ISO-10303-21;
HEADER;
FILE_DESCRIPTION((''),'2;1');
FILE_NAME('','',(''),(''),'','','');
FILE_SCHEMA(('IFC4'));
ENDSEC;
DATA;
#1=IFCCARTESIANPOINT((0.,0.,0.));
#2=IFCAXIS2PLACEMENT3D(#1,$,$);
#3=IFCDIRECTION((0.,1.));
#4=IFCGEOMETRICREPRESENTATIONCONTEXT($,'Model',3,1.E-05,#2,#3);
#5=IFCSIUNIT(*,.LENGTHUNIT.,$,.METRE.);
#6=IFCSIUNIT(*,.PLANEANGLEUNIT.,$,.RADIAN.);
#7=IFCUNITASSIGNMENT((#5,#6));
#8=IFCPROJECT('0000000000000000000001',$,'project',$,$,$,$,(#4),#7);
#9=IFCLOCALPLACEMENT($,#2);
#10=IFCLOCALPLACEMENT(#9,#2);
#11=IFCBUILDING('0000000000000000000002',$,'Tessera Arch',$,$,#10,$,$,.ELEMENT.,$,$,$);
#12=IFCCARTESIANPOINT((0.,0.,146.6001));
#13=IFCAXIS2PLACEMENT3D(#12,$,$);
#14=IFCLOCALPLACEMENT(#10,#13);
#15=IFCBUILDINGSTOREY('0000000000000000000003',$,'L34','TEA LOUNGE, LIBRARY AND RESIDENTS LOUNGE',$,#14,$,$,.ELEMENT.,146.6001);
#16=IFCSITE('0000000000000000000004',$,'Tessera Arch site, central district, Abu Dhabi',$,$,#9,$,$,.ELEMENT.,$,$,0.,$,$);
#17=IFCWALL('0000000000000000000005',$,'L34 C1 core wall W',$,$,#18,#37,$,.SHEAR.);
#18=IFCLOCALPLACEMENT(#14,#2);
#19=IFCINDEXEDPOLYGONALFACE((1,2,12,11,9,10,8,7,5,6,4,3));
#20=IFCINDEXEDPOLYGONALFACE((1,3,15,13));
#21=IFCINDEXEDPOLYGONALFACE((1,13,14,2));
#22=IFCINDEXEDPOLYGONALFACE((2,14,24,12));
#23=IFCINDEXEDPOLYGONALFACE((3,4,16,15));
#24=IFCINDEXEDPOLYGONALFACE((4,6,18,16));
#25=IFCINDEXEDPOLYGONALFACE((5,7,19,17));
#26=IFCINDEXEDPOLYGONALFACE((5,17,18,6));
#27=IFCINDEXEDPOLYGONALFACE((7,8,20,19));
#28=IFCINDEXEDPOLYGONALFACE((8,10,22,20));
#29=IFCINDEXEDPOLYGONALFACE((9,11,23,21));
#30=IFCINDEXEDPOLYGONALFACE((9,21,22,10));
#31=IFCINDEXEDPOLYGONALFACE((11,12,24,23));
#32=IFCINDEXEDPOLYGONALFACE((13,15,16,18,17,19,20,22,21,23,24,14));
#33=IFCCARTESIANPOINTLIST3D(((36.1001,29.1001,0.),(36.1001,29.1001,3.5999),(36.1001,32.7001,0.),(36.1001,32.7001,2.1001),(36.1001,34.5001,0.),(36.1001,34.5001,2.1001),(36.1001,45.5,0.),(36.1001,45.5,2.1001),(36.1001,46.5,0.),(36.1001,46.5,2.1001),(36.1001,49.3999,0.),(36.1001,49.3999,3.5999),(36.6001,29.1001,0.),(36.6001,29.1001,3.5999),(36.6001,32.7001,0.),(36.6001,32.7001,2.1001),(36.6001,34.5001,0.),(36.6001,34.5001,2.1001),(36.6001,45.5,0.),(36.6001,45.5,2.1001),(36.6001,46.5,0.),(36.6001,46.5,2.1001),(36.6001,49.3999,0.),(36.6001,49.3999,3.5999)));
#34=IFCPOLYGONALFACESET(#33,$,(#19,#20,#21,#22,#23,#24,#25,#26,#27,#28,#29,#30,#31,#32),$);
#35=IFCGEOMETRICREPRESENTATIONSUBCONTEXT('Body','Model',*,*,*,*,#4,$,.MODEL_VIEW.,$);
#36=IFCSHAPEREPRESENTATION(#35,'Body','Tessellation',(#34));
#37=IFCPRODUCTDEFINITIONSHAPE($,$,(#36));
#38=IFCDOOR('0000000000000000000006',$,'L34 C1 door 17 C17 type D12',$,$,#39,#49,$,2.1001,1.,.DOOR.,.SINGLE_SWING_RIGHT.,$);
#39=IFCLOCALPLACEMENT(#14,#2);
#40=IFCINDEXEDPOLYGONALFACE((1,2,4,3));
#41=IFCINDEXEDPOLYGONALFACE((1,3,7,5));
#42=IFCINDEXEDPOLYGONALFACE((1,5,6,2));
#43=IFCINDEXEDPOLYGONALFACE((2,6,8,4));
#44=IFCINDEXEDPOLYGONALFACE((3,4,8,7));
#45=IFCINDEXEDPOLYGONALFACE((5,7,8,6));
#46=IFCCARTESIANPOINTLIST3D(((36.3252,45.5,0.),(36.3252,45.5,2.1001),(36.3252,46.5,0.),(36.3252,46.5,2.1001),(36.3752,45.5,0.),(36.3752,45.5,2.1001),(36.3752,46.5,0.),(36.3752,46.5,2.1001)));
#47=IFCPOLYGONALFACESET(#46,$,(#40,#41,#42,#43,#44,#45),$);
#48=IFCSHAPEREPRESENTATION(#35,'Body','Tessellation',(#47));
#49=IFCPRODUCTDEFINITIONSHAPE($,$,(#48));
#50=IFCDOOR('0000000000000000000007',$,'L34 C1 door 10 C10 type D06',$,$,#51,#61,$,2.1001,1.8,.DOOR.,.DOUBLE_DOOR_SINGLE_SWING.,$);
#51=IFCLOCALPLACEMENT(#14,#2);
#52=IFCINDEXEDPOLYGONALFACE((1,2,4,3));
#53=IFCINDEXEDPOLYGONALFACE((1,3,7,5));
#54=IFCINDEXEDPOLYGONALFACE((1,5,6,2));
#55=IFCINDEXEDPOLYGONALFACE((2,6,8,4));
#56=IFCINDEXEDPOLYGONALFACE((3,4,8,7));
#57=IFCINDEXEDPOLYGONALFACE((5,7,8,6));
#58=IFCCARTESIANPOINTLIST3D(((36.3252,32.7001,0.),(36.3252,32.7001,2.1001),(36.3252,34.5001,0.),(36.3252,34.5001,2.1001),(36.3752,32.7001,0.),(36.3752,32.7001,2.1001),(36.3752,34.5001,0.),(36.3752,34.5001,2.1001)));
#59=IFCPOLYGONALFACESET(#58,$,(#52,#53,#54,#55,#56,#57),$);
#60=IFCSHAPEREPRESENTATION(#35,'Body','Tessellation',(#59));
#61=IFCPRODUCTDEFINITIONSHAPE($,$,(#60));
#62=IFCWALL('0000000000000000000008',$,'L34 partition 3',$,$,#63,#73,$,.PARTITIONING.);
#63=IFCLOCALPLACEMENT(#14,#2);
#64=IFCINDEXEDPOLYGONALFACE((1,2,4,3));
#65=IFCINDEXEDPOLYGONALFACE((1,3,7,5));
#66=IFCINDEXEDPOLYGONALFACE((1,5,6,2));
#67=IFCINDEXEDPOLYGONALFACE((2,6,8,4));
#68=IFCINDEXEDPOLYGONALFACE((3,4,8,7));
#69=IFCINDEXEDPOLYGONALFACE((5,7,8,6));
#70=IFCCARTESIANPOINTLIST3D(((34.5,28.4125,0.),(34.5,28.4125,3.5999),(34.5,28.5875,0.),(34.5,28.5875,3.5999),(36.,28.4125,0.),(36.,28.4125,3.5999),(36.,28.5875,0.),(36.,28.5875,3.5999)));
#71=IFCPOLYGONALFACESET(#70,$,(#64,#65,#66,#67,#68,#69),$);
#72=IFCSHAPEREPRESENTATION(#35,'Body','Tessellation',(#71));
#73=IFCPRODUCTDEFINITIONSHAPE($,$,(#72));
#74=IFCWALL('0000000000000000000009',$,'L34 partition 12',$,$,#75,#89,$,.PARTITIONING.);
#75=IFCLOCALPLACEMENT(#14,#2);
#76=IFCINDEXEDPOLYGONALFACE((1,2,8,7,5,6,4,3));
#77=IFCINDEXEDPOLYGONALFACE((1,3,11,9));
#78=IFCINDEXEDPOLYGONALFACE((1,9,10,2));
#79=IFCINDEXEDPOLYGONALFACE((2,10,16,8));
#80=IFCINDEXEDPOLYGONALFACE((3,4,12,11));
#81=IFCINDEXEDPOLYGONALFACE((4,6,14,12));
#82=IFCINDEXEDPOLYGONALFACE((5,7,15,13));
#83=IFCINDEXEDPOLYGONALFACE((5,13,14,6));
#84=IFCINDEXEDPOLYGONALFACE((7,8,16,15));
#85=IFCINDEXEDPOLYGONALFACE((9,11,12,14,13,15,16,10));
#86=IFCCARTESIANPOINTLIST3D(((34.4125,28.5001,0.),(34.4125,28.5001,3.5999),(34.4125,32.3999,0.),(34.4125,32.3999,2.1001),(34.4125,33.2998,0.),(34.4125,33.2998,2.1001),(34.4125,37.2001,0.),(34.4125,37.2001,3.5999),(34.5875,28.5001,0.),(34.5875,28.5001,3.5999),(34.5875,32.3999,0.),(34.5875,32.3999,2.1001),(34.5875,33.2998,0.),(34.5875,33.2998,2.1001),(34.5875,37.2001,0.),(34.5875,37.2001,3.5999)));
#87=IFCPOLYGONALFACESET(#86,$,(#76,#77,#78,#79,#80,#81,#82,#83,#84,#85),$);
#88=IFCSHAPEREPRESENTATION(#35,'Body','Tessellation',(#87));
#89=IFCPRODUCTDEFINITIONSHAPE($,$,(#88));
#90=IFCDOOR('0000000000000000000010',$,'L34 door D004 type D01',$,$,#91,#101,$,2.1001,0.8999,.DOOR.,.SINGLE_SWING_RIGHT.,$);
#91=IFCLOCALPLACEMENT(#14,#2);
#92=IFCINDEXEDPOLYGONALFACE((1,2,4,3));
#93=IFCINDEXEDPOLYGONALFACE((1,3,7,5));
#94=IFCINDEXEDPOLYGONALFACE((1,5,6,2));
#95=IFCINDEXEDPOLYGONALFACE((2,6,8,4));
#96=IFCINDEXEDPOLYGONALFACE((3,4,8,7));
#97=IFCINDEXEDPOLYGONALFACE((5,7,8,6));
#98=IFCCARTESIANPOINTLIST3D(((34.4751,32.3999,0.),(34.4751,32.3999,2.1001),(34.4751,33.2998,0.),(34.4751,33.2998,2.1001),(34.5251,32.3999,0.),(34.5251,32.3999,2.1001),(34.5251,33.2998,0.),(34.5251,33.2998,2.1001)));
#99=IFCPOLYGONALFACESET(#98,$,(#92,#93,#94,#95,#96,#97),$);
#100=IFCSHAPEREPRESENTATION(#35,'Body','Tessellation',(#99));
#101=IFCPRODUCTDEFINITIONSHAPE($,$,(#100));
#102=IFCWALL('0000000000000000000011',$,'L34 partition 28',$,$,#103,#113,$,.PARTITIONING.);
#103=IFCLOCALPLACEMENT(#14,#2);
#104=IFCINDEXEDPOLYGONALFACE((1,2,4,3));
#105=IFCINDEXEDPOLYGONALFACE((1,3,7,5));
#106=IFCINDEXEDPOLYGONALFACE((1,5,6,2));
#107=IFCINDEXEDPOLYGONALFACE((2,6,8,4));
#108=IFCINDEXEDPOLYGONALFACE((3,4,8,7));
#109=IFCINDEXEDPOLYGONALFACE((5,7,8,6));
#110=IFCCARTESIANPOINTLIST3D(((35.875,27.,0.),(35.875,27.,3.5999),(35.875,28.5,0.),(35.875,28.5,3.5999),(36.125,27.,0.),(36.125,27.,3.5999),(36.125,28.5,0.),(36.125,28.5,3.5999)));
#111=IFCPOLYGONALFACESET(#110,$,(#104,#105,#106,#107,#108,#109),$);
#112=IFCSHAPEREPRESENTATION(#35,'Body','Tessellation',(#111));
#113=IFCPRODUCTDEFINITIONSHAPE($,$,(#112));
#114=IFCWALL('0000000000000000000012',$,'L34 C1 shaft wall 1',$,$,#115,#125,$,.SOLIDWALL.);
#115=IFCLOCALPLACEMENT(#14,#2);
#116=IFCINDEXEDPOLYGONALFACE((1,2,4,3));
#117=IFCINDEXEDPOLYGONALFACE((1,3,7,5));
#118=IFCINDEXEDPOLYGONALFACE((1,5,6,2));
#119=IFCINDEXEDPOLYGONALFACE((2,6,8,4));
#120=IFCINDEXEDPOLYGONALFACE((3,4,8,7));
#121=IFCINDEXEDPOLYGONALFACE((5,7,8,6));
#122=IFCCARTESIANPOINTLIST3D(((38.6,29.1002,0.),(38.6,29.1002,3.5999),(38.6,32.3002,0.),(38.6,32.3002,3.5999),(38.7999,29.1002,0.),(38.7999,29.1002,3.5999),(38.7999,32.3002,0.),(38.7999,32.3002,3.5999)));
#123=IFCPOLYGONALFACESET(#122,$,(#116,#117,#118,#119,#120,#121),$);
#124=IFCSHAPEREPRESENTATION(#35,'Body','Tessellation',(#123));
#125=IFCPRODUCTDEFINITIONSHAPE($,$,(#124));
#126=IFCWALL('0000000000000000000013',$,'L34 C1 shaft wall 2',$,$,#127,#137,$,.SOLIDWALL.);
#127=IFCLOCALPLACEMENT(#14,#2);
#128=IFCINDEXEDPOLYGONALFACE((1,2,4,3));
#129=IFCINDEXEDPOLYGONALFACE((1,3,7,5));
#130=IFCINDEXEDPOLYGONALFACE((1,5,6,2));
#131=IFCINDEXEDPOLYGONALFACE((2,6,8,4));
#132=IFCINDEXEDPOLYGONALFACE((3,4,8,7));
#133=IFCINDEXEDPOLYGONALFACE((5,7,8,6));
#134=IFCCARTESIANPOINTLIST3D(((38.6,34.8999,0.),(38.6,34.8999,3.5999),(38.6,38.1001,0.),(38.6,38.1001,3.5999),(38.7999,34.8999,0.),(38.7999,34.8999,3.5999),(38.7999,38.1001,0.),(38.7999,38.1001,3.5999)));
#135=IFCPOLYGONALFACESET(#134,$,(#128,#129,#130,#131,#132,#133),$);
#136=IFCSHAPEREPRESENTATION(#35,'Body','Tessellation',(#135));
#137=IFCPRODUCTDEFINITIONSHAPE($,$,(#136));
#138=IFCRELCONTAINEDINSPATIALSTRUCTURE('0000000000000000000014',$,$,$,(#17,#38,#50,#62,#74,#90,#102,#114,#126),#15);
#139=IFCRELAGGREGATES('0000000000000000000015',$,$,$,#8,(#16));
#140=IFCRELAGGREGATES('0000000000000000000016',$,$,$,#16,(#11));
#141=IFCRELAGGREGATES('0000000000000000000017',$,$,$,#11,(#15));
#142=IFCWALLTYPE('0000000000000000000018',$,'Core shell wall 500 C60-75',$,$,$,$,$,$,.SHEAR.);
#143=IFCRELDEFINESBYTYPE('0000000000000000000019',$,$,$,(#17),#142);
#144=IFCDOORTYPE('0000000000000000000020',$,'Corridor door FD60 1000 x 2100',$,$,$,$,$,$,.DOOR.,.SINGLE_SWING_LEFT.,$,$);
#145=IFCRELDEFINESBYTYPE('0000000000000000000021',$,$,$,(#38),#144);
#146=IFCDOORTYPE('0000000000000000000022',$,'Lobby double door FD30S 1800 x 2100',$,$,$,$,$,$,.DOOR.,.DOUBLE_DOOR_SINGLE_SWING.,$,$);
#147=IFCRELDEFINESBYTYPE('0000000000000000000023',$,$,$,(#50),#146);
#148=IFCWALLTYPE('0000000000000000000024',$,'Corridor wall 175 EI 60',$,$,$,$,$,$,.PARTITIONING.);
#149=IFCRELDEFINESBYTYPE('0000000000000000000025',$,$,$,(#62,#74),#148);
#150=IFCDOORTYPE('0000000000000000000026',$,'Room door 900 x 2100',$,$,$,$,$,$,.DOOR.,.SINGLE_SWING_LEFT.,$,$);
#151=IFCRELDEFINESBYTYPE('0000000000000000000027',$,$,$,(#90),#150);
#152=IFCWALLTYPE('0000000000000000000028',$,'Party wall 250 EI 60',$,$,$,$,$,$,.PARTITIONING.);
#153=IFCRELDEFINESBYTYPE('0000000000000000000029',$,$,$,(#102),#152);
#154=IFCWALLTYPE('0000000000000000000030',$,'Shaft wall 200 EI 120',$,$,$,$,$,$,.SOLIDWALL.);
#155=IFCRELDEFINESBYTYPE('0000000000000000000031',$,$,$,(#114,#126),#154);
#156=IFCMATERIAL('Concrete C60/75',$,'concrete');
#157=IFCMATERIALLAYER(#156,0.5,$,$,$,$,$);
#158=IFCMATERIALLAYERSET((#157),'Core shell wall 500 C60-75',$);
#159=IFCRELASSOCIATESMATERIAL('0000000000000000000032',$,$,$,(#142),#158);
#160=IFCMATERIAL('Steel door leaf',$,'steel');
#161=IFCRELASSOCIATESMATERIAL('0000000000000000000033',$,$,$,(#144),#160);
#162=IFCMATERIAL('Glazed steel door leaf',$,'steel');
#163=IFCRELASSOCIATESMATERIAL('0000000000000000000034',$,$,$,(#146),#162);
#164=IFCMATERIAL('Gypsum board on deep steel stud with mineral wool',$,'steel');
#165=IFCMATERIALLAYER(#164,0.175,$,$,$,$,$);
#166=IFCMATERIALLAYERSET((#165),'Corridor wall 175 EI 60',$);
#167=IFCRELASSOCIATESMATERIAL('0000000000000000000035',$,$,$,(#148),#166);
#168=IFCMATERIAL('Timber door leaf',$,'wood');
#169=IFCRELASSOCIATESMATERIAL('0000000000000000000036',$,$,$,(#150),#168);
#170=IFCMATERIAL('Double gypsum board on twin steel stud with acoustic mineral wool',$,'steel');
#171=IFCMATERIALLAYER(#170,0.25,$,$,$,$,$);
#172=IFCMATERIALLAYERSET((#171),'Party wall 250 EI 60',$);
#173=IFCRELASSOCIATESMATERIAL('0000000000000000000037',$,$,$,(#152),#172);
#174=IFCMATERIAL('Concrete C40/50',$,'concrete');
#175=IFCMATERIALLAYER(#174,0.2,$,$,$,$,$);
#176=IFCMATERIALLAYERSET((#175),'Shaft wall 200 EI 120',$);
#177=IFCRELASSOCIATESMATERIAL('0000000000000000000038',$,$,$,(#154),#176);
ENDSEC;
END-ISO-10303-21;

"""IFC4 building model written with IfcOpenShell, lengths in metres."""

from ifc_helpers import new_model, si_unit, direction, frame, frame_2d, origin, place, context, subcontext, project, spatial, rectangle, extrude, material, layer, layer_set, type_object, element, fill, save


model = new_model("IFC4")

# Units and contexts
model_context = context("Model", 3, precision=1e-05, world=origin(), true_north=direction((0.0, 1.0)))
body_context = subcontext(model_context, "Body", "Model", "MODEL_VIEW")
ifc_project = project(units=[si_unit("LENGTHUNIT", "METRE"), si_unit("PLANEANGLEUNIT", "RADIAN")], contexts=[model_context])

# Site, building, storey
site_placement = place(None, origin())
site = spatial("IfcSite", under=ifc_project, at=site_placement, Name="Tessera Arch site, central district, Abu Dhabi", CompositionType="ELEMENT", RefElevation=0.0)
building_placement = place(site_placement, origin())
building = spatial("IfcBuilding", under=site, at=building_placement, Name="Tessera Arch", CompositionType="ELEMENT")
storey_placement = place(building_placement, frame((0.0, 0.0, 146.6001)))
storey = spatial("IfcBuildingStorey", under=building, at=storey_placement, Name="L34", Description="TEA LOUNGE, LIBRARY AND RESIDENTS LOUNGE", CompositionType="ELEMENT", Elevation=146.6001)

# Wall, openings, doors
ifc_material_1 = material(Name="Concrete C60/75", Category="concrete")
ifc_layer_1 = layer(ifc_material_1, 0.5)
ifc_layer_set_1 = layer_set([ifc_layer_1], Name="Core shell wall 500 C60-75")
wall_type_1 = type_object("IfcWallType", Name="Core shell wall 500 C60-75", PredefinedType="SHEAR", material=ifc_layer_set_1)
wall_1_placement = place(storey_placement, frame((36.3501, 29.1001, 0.0), z_axis=(0.0, 0.0, 1.0), x_axis=(0.0, 1.0, 0.0)))
wall_1 = element("IfcWall", 1, at=wall_1_placement, inside=storey, type_object=wall_type_1, Name="L34 C1 core wall W", PredefinedType="SHEAR", context=body_context, shape_type="SweptSolid", body=[
    extrude(rectangle(XDim=20.2998, YDim=0.5, at=frame_2d((10.1499, 0.0))), origin(), (0.0, 0.0, 1.0), 3.5999),
])
opening_1_placement = place(wall_1_placement, frame((3.6001, 0.0, 0.0)))
opening_1 = element("IfcOpeningElement", 2, at=opening_1_placement, cuts=wall_1, PredefinedType="OPENING", context=body_context, shape_type="SweptSolid", body=[
    extrude(rectangle(XDim=1.8, YDim=2.1001, at=frame_2d((0.8999, 1.05))), frame((0.0, 0.26, 0.0), z_axis=(0.0, -1.0, 0.0), x_axis=(1.0, 0.0, 0.0)), (0.0, 0.0, 1.0), 0.52),
])
opening_2_placement = place(wall_1_placement, frame((16.3999, 0.0, 0.0)))
opening_2 = element("IfcOpeningElement", 3, at=opening_2_placement, cuts=wall_1, PredefinedType="OPENING", context=body_context, shape_type="SweptSolid", body=[
    extrude(rectangle(XDim=1.0, YDim=2.1001, at=frame_2d((0.5, 1.05))), frame((0.0, 0.26, 0.0), z_axis=(0.0, -1.0, 0.0), x_axis=(1.0, 0.0, 0.0)), (0.0, 0.0, 1.0), 0.52),
])
ifc_material_2 = material(Name="Steel door leaf", Category="steel")
door_type_1 = type_object("IfcDoorType", Name="Corridor door FD60 1000 x 2100", OperationType="SINGLE_SWING_LEFT", PredefinedType="DOOR", material=ifc_material_2)
door_1_placement = place(opening_2_placement, origin())
door_1 = element("IfcDoor", 4, at=door_1_placement, inside=storey, type_object=door_type_1, Name="L34 C1 door 17 C17 type D12", OperationType="SINGLE_SWING_RIGHT", OverallHeight=2.1001, OverallWidth=1.0, PredefinedType="DOOR", context=body_context, shape_type="SweptSolid", body=[
    extrude(rectangle(XDim=1.0, YDim=2.1001, at=frame_2d((0.5, 1.05))), frame((0.0, 0.0249, 0.0), z_axis=(0.0, -1.0, 0.0), x_axis=(1.0, 0.0, 0.0)), (0.0, 0.0, 1.0), 0.05),
])
fill(opening_2, door_1)
ifc_material_3 = material(Name="Glazed steel door leaf", Category="steel")
door_type_2 = type_object("IfcDoorType", Name="Lobby double door FD30S 1800 x 2100", OperationType="DOUBLE_DOOR_SINGLE_SWING", PredefinedType="DOOR", material=ifc_material_3)
door_2_placement = place(opening_1_placement, origin())
door_2 = element("IfcDoor", 5, at=door_2_placement, inside=storey, type_object=door_type_2, Name="L34 C1 door 10 C10 type D06", OperationType="DOUBLE_DOOR_SINGLE_SWING", OverallHeight=2.1001, OverallWidth=1.8, PredefinedType="DOOR", context=body_context, shape_type="SweptSolid", body=[
    extrude(rectangle(XDim=1.8, YDim=2.1001, at=frame_2d((0.8999, 1.05))), frame((0.0, 0.0249, 0.0), z_axis=(0.0, -1.0, 0.0), x_axis=(1.0, 0.0, 0.0)), (0.0, 0.0, 1.0), 0.05),
])
fill(opening_1, door_2)

# Wall
ifc_material_4 = material(Name="Gypsum board on deep steel stud with mineral wool", Category="steel")
ifc_layer_2 = layer(ifc_material_4, 0.175)
ifc_layer_set_2 = layer_set([ifc_layer_2], Name="Corridor wall 175 EI 60")
wall_type_2 = type_object("IfcWallType", Name="Corridor wall 175 EI 60", PredefinedType="PARTITIONING", material=ifc_layer_set_2)
wall_2_placement = place(storey_placement, frame((34.5, 28.5, 0.0), z_axis=(0.0, 0.0, 1.0), x_axis=(1.0, 0.0, 0.0)))
element("IfcWall", 6, at=wall_2_placement, inside=storey, type_object=wall_type_2, Name="L34 partition 3", PredefinedType="PARTITIONING", context=body_context, shape_type="SweptSolid", body=[
    extrude(rectangle(XDim=1.5, YDim=0.175, at=frame_2d((0.75, 0.0))), origin(), (0.0, 0.0, 1.0), 3.5999),
])

# Wall, opening, door
wall_3_placement = place(storey_placement, frame((34.5, 28.5, 0.0), z_axis=(0.0, 0.0, 1.0), x_axis=(0.0, 1.0, 0.0)))
wall_3 = element("IfcWall", 7, at=wall_3_placement, inside=storey, type_object=wall_type_2, Name="L34 partition 12", PredefinedType="PARTITIONING", context=body_context, shape_type="SweptSolid", body=[
    extrude(rectangle(XDim=8.7, YDim=0.175, at=frame_2d((4.3501, 0.0))), origin(), (0.0, 0.0, 1.0), 3.5999),
])
opening_3_placement = place(wall_3_placement, frame((3.8999, 0.0, 0.0)))
opening_3 = element("IfcOpeningElement", 8, at=opening_3_placement, cuts=wall_3, PredefinedType="OPENING", context=body_context, shape_type="SweptSolid", body=[
    extrude(rectangle(XDim=0.8999, YDim=2.1001, at=frame_2d((0.45, 1.05))), frame((0.0, 0.0974, 0.0), z_axis=(0.0, -1.0, 0.0), x_axis=(1.0, 0.0, 0.0)), (0.0, 0.0, 1.0), 0.1951),
])
ifc_material_5 = material(Name="Timber door leaf", Category="wood")
door_type_3 = type_object("IfcDoorType", Name="Room door 900 x 2100", OperationType="SINGLE_SWING_LEFT", PredefinedType="DOOR", material=ifc_material_5)
door_3_placement = place(opening_3_placement, origin())
door_3 = element("IfcDoor", 9, at=door_3_placement, inside=storey, type_object=door_type_3, Name="L34 door D004 type D01", OperationType="SINGLE_SWING_RIGHT", OverallHeight=2.1001, OverallWidth=0.8999, PredefinedType="DOOR", context=body_context, shape_type="SweptSolid", body=[
    extrude(rectangle(XDim=0.8999, YDim=2.1001, at=frame_2d((0.45, 1.05))), frame((0.0, 0.0249, 0.0), z_axis=(0.0, -1.0, 0.0), x_axis=(1.0, 0.0, 0.0)), (0.0, 0.0, 1.0), 0.05),
])
fill(opening_3, door_3)

# Walls
ifc_material_6 = material(Name="Double gypsum board on twin steel stud with acoustic mineral wool", Category="steel")
ifc_layer_3 = layer(ifc_material_6, 0.25)
ifc_layer_set_3 = layer_set([ifc_layer_3], Name="Party wall 250 EI 60")
wall_type_3 = type_object("IfcWallType", Name="Party wall 250 EI 60", PredefinedType="PARTITIONING", material=ifc_layer_set_3)
wall_4_placement = place(storey_placement, frame((36.0, 27.0, 0.0), z_axis=(0.0, 0.0, 1.0), x_axis=(0.0, 1.0, 0.0)))
element("IfcWall", 10, at=wall_4_placement, inside=storey, type_object=wall_type_3, Name="L34 partition 28", PredefinedType="PARTITIONING", context=body_context, shape_type="SweptSolid", body=[
    extrude(rectangle(XDim=1.5, YDim=0.25, at=frame_2d((0.75, 0.0))), origin(), (0.0, 0.0, 1.0), 3.5999),
])
ifc_material_7 = material(Name="Concrete C40/50", Category="concrete")
ifc_layer_4 = layer(ifc_material_7, 0.2)
ifc_layer_set_4 = layer_set([ifc_layer_4], Name="Shaft wall 200 EI 120")
wall_type_4 = type_object("IfcWallType", Name="Shaft wall 200 EI 120", PredefinedType="SOLIDWALL", material=ifc_layer_set_4)
wall_5_placement = place(storey_placement, frame((38.7, 29.1001, 0.0), z_axis=(0.0, 0.0, 1.0), x_axis=(0.0, 1.0, 0.0)))
element("IfcWall", 11, at=wall_5_placement, inside=storey, type_object=wall_type_4, Name="L34 C1 shaft wall 1", PredefinedType="SOLIDWALL", context=body_context, shape_type="SweptSolid", body=[
    extrude(rectangle(XDim=3.2, YDim=0.2, at=frame_2d((1.6001, 0.0))), origin(), (0.0, 0.0, 1.0), 3.5999),
])
wall_6_placement = place(storey_placement, frame((38.7, 34.8999, 0.0), z_axis=(0.0, 0.0, 1.0), x_axis=(0.0, 1.0, 0.0)))
element("IfcWall", 12, at=wall_6_placement, inside=storey, type_object=wall_type_4, Name="L34 C1 shaft wall 2", PredefinedType="SOLIDWALL", context=body_context, shape_type="SweptSolid", body=[
    extrude(rectangle(XDim=3.2002, YDim=0.2, at=frame_2d((1.6001, 0.0))), origin(), (0.0, 0.0, 1.0), 3.5999),
])

save(model, "model.ifc")
